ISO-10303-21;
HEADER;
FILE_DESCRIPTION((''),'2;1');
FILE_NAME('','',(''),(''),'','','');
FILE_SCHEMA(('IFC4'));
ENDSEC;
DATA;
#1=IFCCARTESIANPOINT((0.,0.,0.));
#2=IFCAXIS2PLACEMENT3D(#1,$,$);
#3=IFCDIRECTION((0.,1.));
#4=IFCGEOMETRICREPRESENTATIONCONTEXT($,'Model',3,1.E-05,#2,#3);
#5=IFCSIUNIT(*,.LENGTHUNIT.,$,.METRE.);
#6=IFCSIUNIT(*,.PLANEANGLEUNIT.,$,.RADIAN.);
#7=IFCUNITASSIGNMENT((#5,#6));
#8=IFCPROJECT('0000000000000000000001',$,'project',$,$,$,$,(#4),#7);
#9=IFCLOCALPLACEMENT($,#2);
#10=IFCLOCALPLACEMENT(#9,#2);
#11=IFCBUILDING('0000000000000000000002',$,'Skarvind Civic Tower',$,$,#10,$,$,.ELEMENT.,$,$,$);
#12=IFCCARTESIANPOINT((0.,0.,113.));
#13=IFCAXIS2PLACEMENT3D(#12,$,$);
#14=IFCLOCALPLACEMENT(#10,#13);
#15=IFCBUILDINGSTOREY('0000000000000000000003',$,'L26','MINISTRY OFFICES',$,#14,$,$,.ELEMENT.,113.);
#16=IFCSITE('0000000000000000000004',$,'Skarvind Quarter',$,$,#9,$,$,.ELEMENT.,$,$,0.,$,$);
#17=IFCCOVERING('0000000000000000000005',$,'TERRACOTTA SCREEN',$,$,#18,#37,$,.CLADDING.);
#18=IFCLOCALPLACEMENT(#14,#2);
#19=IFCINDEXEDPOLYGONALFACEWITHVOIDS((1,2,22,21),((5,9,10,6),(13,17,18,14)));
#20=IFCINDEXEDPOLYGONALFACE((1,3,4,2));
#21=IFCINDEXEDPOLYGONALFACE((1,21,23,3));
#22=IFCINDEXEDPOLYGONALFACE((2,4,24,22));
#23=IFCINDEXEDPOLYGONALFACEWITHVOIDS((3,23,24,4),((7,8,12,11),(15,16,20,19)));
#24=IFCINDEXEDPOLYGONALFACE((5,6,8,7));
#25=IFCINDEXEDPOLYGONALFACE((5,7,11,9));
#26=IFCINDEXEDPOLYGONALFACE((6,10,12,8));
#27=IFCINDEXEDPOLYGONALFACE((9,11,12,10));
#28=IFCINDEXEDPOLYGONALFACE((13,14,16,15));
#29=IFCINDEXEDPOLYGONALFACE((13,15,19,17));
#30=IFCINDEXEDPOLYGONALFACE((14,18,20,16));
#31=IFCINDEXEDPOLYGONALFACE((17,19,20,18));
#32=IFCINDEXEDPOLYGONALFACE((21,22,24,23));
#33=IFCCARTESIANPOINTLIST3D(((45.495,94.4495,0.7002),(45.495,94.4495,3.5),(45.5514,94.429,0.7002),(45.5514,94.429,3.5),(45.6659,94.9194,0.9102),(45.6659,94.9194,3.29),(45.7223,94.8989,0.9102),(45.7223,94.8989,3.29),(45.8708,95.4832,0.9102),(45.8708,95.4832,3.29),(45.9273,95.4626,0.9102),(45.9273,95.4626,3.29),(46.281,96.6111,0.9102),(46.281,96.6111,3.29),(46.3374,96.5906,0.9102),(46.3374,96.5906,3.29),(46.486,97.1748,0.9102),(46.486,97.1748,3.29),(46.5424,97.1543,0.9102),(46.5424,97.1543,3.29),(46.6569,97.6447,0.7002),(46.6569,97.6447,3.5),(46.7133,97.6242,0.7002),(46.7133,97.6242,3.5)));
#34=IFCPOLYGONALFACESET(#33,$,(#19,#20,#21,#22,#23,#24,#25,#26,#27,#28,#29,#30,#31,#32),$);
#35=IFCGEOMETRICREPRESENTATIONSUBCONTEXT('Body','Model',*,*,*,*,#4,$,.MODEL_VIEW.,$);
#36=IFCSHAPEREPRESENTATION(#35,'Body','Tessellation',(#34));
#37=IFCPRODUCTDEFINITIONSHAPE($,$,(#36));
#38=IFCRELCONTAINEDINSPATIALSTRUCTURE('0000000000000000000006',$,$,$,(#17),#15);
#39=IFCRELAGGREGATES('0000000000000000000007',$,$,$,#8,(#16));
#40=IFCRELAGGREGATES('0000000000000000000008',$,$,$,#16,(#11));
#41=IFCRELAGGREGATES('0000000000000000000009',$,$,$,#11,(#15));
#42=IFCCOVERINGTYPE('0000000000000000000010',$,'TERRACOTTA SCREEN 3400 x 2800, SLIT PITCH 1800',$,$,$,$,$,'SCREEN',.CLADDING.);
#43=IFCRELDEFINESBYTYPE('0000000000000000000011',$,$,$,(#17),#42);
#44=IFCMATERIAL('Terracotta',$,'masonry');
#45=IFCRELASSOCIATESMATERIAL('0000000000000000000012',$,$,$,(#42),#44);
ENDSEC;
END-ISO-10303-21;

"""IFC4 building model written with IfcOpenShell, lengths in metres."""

from ifc_helpers import new_model, si_unit, direction, frame, origin, place, context, subcontext, project, spatial, polyline, outline, extrude, material, material_profile, profile_set, type_object, element, save


model = new_model("IFC4")

# Units and contexts
model_context = context("Model", 3, precision=1e-05, world=origin(), true_north=direction((0.0, 1.0)))
body_context = subcontext(model_context, "Body", "Model", "MODEL_VIEW")
ifc_project = project(units=[si_unit("LENGTHUNIT", "METRE"), si_unit("PLANEANGLEUNIT", "RADIAN")], contexts=[model_context])

# Site, building, storey
site_placement = place(None, origin())
site = spatial("IfcSite", under=ifc_project, at=site_placement, Name="Skarvind Quarter", CompositionType="ELEMENT", RefElevation=0.0)
building_placement = place(site_placement, origin())
building = spatial("IfcBuilding", under=site, at=building_placement, Name="Skarvind Civic Tower", CompositionType="ELEMENT")
storey_placement = place(building_placement, frame((0.0, 0.0, 113.0)))
storey = spatial("IfcBuildingStorey", under=building, at=storey_placement, Name="L26", Description="MINISTRY OFFICES", CompositionType="ELEMENT", Elevation=113.0)

# Covering
ifc_material_1 = material(Name="Terracotta", Category="masonry")
ifc_material_profile_1 = material_profile(ifc_material_1, outline(polyline([(-1.7, -1.3999), (1.7, -1.3999), (1.7, 1.3999), (-1.7, 1.3999), (-1.7, -1.3999)]), holes=[polyline([(-1.2, -1.1899), (-0.6001, -1.1899), (-0.6001, 1.1899), (-1.2, 1.1899), (-1.2, -1.1899)]), polyline([(0.6001, -1.1899), (1.2, -1.1899), (1.2, 1.1899), (0.6001, 1.1899), (0.6001, -1.1899)])]), Name="TERRACOTTA SCREEN 3400 x 2800, SLIT PITCH 1800")
ifc_profile_set_1 = profile_set([ifc_material_profile_1], Name="Terracotta")
covering_type = type_object("IfcCoveringType", Name="TERRACOTTA SCREEN 3400 x 2800, SLIT PITCH 1800", ElementType="SCREEN", PredefinedType="CLADDING", material=ifc_profile_set_1)
covering_placement = place(storey_placement, frame((46.0759, 96.0471, 2.1001), z_axis=(0.939793, -0.341743, 0.0), x_axis=(0.341743, 0.939793, 0.0)))
element("IfcCovering", 1, at=covering_placement, inside=storey, type_object=covering_type, Name="TERRACOTTA SCREEN", PredefinedType="CLADDING", context=body_context, shape_type="SweptSolid", body=[
    extrude(outline(polyline([(-1.7, -1.3999), (1.7, -1.3999), (1.7, 1.3999), (-1.7, 1.3999), (-1.7, -1.3999)]), holes=[polyline([(-1.2, -1.1899), (-0.6001, -1.1899), (-0.6001, 1.1899), (-1.2, 1.1899), (-1.2, -1.1899)]), polyline([(0.6001, -1.1899), (1.2, -1.1899), (1.2, 1.1899), (0.6001, 1.1899), (0.6001, -1.1899)])]), origin(), (0.0, 0.0, 1.0), 0.0601),
])

save(model, "model.ifc")
